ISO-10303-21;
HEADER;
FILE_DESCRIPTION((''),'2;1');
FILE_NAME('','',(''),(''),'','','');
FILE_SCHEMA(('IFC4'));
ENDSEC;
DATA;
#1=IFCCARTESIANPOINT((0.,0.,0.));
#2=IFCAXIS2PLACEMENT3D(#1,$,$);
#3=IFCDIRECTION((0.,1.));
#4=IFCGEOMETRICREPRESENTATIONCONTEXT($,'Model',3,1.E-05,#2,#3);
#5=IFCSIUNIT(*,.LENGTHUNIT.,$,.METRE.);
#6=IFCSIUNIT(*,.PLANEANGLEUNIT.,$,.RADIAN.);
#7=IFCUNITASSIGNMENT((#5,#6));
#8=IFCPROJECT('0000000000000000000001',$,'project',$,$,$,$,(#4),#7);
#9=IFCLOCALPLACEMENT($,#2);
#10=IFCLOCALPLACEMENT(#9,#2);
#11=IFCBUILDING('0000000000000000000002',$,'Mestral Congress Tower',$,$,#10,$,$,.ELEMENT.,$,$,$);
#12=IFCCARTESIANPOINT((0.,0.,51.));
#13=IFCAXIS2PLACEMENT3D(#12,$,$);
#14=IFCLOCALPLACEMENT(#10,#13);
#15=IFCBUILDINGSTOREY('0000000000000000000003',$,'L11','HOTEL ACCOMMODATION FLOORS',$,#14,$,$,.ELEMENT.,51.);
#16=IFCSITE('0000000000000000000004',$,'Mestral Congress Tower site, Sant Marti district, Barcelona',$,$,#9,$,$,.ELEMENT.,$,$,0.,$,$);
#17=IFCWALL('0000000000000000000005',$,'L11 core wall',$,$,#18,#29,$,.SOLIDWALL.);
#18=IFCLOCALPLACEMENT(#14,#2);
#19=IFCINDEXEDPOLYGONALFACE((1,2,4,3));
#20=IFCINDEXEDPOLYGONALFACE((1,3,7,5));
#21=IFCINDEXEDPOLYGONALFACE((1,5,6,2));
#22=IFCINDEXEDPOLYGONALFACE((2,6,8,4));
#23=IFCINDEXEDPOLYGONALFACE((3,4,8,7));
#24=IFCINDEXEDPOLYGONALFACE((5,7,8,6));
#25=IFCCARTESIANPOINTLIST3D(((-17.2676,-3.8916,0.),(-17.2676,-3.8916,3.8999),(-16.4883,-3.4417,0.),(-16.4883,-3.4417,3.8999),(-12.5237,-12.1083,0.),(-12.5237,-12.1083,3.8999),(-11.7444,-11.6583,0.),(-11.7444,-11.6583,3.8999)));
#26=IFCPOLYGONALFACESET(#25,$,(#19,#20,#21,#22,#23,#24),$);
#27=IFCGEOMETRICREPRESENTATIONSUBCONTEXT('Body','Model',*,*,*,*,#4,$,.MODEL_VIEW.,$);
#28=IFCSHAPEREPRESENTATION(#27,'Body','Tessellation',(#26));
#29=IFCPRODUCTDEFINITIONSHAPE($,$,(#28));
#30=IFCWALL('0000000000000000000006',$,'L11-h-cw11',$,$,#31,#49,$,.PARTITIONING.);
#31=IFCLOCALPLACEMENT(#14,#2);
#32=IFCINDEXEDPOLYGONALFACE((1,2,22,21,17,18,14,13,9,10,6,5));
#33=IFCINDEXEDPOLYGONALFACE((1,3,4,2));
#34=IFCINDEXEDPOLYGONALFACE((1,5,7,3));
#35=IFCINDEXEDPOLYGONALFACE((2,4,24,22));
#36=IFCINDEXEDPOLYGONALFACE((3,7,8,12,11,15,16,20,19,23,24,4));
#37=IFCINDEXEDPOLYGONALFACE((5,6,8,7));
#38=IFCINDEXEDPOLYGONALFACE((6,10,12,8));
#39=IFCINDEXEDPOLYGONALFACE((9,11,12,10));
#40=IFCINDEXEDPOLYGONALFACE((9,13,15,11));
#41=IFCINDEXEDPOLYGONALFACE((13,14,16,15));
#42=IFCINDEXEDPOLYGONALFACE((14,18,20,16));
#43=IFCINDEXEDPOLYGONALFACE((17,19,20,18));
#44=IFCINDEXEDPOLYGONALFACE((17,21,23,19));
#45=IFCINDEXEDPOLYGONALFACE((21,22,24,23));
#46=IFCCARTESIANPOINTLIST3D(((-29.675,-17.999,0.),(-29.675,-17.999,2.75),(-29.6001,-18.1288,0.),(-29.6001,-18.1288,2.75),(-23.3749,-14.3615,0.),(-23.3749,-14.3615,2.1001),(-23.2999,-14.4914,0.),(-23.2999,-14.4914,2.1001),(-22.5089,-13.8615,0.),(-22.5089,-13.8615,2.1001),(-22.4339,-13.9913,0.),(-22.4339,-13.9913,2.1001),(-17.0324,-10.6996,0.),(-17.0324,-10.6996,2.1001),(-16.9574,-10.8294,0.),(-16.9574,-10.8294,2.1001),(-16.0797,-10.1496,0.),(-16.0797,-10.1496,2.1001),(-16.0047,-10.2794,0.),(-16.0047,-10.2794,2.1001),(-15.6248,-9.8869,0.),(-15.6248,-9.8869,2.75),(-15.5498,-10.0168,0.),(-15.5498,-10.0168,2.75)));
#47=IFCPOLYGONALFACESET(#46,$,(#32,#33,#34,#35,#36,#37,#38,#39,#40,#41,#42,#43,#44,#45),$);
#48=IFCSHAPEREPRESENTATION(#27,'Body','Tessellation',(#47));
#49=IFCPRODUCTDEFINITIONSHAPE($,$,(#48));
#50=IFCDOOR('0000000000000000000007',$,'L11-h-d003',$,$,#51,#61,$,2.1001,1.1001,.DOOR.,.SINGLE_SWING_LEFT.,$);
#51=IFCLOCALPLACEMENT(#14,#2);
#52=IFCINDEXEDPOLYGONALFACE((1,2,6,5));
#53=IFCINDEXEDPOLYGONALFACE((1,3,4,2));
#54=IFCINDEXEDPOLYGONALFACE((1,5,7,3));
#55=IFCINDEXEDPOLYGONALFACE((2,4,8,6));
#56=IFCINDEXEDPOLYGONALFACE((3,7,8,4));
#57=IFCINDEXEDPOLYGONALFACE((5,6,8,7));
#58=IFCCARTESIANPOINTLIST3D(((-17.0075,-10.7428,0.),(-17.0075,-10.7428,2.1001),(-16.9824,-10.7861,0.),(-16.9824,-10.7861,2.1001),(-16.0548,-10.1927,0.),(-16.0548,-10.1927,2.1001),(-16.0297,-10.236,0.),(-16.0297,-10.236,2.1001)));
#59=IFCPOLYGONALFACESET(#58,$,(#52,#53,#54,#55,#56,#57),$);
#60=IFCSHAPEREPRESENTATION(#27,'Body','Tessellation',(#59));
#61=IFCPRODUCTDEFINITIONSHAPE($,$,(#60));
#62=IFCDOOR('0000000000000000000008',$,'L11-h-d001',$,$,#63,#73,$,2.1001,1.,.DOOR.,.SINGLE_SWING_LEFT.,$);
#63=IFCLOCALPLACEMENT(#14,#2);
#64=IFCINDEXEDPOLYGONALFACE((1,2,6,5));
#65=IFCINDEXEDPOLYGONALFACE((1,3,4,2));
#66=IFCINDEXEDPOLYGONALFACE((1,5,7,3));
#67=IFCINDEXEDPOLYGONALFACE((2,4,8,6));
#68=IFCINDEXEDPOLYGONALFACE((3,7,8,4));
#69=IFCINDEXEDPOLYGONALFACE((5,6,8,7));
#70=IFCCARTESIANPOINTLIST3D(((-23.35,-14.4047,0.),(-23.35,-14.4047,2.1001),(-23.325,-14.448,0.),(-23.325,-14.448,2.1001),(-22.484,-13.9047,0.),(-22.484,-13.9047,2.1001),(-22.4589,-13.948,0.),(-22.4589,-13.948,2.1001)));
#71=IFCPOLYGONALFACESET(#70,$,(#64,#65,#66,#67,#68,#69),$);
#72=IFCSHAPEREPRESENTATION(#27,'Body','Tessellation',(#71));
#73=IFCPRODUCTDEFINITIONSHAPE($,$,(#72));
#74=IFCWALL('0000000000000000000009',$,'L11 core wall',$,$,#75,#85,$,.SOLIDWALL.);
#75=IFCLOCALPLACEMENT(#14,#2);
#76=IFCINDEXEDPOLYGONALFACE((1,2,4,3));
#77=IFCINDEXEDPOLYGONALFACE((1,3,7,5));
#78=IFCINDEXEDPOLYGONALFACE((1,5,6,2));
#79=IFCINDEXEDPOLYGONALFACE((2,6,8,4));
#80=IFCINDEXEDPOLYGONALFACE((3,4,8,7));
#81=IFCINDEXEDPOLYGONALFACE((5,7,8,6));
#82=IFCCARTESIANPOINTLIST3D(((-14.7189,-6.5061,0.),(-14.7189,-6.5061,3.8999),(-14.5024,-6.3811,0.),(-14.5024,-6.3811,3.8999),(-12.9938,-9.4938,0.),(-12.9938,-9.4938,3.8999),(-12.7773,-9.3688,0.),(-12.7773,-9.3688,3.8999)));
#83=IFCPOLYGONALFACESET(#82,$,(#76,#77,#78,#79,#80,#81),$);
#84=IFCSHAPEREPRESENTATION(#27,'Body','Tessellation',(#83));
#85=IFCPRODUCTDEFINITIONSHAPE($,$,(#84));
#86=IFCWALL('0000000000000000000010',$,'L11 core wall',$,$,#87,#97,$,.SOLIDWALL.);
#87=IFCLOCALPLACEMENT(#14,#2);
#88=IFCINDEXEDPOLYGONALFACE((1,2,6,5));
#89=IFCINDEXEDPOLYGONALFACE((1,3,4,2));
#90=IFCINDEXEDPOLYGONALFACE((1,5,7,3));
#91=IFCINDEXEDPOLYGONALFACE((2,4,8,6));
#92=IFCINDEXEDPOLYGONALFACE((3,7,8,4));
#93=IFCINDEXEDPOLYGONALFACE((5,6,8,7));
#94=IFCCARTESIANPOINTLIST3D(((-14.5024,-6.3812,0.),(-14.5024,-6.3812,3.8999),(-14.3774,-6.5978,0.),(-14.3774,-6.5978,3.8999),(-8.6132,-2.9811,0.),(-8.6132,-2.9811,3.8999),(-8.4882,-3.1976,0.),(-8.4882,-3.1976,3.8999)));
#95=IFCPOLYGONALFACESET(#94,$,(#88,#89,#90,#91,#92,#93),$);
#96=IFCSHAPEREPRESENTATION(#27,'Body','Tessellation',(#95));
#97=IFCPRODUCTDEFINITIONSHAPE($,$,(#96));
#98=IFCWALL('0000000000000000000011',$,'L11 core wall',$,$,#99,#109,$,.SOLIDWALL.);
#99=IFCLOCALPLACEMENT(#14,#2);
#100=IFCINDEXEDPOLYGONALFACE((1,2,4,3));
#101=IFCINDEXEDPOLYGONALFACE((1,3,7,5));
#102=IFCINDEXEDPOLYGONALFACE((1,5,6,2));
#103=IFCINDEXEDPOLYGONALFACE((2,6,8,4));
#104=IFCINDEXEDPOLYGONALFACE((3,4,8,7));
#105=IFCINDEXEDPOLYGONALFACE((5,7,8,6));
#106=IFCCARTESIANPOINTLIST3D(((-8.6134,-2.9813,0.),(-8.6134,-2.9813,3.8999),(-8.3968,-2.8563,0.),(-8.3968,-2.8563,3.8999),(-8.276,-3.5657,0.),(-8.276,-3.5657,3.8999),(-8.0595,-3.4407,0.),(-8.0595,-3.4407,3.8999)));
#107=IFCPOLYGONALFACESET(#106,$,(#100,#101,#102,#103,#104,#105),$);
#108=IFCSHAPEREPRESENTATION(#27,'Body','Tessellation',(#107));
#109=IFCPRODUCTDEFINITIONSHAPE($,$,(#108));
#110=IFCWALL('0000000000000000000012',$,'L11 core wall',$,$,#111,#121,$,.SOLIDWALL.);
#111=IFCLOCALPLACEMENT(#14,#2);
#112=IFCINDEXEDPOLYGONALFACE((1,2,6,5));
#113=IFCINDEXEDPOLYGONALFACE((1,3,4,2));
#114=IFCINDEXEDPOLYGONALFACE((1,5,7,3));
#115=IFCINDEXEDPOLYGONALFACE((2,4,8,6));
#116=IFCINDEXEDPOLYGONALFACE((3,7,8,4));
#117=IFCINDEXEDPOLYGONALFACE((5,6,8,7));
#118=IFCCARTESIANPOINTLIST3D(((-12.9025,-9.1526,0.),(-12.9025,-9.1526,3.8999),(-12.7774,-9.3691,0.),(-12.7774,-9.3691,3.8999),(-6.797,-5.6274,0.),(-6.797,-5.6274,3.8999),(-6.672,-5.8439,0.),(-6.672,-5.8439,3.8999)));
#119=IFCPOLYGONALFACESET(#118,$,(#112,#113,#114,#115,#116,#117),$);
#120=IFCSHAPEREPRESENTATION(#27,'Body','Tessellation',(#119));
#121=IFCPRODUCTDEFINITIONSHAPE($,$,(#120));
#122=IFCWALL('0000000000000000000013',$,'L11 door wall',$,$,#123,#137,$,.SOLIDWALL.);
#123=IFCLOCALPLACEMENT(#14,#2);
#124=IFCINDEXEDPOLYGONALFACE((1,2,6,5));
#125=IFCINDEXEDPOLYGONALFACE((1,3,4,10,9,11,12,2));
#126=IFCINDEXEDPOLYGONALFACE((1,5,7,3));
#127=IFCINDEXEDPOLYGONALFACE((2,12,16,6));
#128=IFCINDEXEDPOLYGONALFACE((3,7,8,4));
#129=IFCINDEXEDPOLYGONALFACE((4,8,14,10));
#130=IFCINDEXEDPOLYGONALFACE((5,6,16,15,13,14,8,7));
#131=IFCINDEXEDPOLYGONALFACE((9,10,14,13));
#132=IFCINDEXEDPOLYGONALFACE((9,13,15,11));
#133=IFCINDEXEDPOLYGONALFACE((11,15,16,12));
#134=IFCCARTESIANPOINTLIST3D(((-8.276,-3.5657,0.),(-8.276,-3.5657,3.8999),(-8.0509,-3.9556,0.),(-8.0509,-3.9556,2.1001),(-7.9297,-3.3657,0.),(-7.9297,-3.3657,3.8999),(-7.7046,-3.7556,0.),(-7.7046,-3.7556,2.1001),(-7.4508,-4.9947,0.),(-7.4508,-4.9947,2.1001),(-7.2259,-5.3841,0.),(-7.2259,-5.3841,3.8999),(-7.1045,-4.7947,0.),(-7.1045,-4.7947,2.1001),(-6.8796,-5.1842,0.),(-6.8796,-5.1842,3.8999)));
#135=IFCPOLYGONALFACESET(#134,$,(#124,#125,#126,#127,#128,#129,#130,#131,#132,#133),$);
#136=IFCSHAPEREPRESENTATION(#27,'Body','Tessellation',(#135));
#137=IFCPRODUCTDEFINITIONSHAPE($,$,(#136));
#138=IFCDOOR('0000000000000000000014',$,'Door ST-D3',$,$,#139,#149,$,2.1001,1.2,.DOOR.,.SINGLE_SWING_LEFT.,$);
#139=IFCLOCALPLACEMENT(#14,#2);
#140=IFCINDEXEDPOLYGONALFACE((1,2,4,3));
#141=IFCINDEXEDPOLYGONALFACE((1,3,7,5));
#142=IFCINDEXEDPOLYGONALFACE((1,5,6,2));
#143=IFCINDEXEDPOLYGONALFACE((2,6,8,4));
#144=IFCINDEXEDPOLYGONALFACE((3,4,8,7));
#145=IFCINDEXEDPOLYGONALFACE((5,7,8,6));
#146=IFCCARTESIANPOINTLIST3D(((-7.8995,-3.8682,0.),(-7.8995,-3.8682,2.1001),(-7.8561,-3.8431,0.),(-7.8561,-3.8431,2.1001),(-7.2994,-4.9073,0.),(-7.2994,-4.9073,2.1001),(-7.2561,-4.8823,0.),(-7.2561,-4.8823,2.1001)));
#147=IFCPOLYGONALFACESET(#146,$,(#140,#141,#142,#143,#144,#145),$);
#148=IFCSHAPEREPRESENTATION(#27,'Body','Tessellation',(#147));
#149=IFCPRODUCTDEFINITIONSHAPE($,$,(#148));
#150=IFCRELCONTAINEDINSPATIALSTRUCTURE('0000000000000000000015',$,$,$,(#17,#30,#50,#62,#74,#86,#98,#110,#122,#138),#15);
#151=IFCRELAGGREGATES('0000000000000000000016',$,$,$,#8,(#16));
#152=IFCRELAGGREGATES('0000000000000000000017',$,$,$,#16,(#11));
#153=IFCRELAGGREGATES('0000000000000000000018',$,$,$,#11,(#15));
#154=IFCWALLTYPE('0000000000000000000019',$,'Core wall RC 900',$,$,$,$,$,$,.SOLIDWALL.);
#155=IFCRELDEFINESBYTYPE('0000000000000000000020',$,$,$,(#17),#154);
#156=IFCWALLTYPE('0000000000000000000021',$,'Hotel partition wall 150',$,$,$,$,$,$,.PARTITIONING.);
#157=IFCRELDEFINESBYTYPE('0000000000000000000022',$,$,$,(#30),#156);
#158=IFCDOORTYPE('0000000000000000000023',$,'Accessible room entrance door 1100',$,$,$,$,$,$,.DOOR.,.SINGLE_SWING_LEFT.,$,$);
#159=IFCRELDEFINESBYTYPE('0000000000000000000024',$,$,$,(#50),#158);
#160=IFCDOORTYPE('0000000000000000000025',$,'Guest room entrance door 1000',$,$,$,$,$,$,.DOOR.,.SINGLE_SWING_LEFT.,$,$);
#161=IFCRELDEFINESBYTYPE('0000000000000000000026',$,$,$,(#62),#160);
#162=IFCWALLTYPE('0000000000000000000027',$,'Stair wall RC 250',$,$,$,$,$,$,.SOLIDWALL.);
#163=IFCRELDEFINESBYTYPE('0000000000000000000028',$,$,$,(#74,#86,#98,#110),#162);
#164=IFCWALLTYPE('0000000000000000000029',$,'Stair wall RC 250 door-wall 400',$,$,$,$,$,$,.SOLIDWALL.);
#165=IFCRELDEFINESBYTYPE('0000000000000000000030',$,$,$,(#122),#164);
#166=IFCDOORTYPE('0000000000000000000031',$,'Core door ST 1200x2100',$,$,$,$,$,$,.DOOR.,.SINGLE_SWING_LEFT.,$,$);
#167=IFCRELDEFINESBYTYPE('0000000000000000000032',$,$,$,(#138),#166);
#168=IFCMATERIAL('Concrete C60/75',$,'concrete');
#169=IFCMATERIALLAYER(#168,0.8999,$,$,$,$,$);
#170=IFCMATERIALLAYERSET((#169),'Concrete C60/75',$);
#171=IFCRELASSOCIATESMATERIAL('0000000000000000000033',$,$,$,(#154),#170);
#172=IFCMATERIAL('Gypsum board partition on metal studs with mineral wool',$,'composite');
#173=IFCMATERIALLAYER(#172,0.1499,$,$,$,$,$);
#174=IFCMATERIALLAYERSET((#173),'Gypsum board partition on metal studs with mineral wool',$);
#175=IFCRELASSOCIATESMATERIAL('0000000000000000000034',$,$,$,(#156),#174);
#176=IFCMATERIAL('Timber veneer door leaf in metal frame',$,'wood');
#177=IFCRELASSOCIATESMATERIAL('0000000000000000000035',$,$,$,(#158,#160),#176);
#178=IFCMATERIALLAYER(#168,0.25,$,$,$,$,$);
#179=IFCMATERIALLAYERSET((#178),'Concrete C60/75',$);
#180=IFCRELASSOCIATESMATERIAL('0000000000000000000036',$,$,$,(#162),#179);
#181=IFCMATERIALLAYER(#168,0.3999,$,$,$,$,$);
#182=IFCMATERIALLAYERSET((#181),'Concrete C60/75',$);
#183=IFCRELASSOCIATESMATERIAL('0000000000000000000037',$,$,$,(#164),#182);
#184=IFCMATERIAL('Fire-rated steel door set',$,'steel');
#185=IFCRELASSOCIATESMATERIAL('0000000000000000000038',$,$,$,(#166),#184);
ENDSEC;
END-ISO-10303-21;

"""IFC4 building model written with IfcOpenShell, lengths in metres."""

from ifc_helpers import new_model, si_unit, direction, frame, frame_2d, origin, place, context, subcontext, project, spatial, rectangle, extrude, material, layer, layer_set, type_object, element, fill, save


model = new_model("IFC4")

# Units and contexts
model_context = context("Model", 3, precision=1e-05, world=origin(), true_north=direction((0.0, 1.0)))
body_context = subcontext(model_context, "Body", "Model", "MODEL_VIEW")
ifc_project = project(units=[si_unit("LENGTHUNIT", "METRE"), si_unit("PLANEANGLEUNIT", "RADIAN")], contexts=[model_context])

# Site, building, storey
site_placement = place(None, origin())
site = spatial("IfcSite", under=ifc_project, at=site_placement, Name="Mestral Congress Tower site, Sant Marti district, Barcelona", CompositionType="ELEMENT", RefElevation=0.0)
building_placement = place(site_placement, origin())
building = spatial("IfcBuilding", under=site, at=building_placement, Name="Mestral Congress Tower", CompositionType="ELEMENT")
storey_placement = place(building_placement, frame((0.0, 0.0, 51.0)))
storey = spatial("IfcBuildingStorey", under=building, at=storey_placement, Name="L11", Description="HOTEL ACCOMMODATION FLOORS", CompositionType="ELEMENT", Elevation=51.0)

# Wall
ifc_material_1 = material(Name="Concrete C60/75", Category="concrete")
ifc_layer_1 = layer(ifc_material_1, 0.8999)
ifc_layer_set_1 = layer_set([ifc_layer_1], Name="Concrete C60/75")
wall_type_1 = type_object("IfcWallType", Name="Core wall RC 900", PredefinedType="SOLIDWALL", material=ifc_layer_set_1)
wall_1_placement = place(storey_placement, frame((-12.134, -11.8833, 0.0), z_axis=(0.0, 0.0, 1.0), x_axis=(-0.500005, 0.866022, 0.0)))
element("IfcWall", 1, at=wall_1_placement, inside=storey, type_object=wall_type_1, Name="L11 core wall", PredefinedType="SOLIDWALL", context=body_context, shape_type="SweptSolid", body=[
    extrude(rectangle(XDim=9.4878, YDim=0.8999, at=frame_2d((4.7439, 0.0))), origin(), (0.0, 0.0, 1.0), 3.8999),
])

# Wall, openings, doors
ifc_material_2 = material(Name="Gypsum board partition on metal studs with mineral wool", Category="composite")
ifc_layer_2 = layer(ifc_material_2, 0.1499)
ifc_layer_set_2 = layer_set([ifc_layer_2], Name="Gypsum board partition on metal studs with mineral wool")
wall_type_2 = type_object("IfcWallType", Name="Hotel partition wall 150", PredefinedType="PARTITIONING", material=ifc_layer_set_2)
wall_2_placement = place(storey_placement, frame((-15.5874, -9.9519, 0.0), z_axis=(0.0, 0.0, 1.0), x_axis=(-0.866022, -0.500006, 0.0)))
wall_2 = element("IfcWall", 2, at=wall_2_placement, inside=storey, type_object=wall_type_2, Name="L11-h-cw11", PredefinedType="PARTITIONING", context=body_context, shape_type="SweptSolid", body=[
    extrude(rectangle(XDim=16.2239, YDim=0.1499, at=frame_2d((8.1118, 0.0))), origin(), (0.0, 0.0, 1.0), 2.75),
])
opening_1_placement = place(wall_2_placement, frame((7.949, 0.0, 0.0)))
opening_1 = element("IfcOpeningElement", 3, at=opening_1_placement, cuts=wall_2, PredefinedType="OPENING", context=body_context, shape_type="SweptSolid", body=[
    extrude(rectangle(XDim=1.0, YDim=2.1001, at=frame_2d((0.5, 1.05))), frame((0.0, 0.085, 0.0), z_axis=(0.0, -1.0, 0.0), x_axis=(1.0, 0.0, 0.0)), (0.0, 0.0, 1.0), 0.1699),
])
opening_2_placement = place(wall_2_placement, frame((0.5251, 0.0, 0.0)))
opening_2 = element("IfcOpeningElement", 4, at=opening_2_placement, cuts=wall_2, PredefinedType="OPENING", context=body_context, shape_type="SweptSolid", body=[
    extrude(rectangle(XDim=1.1001, YDim=2.1001, at=frame_2d((0.55, 1.05))), frame((0.0, 0.085, 0.0), z_axis=(0.0, -1.0, 0.0), x_axis=(1.0, 0.0, 0.0)), (0.0, 0.0, 1.0), 0.1699),
])
ifc_material_3 = material(Name="Timber veneer door leaf in metal frame", Category="wood")
door_type_1 = type_object("IfcDoorType", Name="Accessible room entrance door 1100", OperationType="SINGLE_SWING_LEFT", PredefinedType="DOOR", material=ifc_material_3)
door_1_placement = place(opening_2_placement, origin())
door_1 = element("IfcDoor", 5, at=door_1_placement, inside=storey, type_object=door_type_1, Name="L11-h-d003", OperationType="SINGLE_SWING_LEFT", OverallHeight=2.1001, OverallWidth=1.1001, PredefinedType="DOOR", context=body_context, shape_type="SweptSolid", body=[
    extrude(rectangle(XDim=1.1001, YDim=2.1001, at=frame_2d((0.55, 1.05))), frame((0.0, 0.0249, 0.0), z_axis=(0.0, -1.0, 0.0), x_axis=(1.0, 0.0, 0.0)), (0.0, 0.0, 1.0), 0.05),
])
fill(opening_2, door_1)
door_type_2 = type_object("IfcDoorType", Name="Guest room entrance door 1000", OperationType="SINGLE_SWING_LEFT", PredefinedType="DOOR", material=ifc_material_3)
door_2_placement = place(opening_1_placement, origin())
door_2 = element("IfcDoor", 6, at=door_2_placement, inside=storey, type_object=door_type_2, Name="L11-h-d001", OperationType="SINGLE_SWING_LEFT", OverallHeight=2.1001, OverallWidth=1.0, PredefinedType="DOOR", context=body_context, shape_type="SweptSolid", body=[
    extrude(rectangle(XDim=1.0, YDim=2.1001, at=frame_2d((0.5, 1.05))), frame((0.0, 0.0249, 0.0), z_axis=(0.0, -1.0, 0.0), x_axis=(1.0, 0.0, 0.0)), (0.0, 0.0, 1.0), 0.05),
])
fill(opening_1, door_2)

# Walls
ifc_layer_3 = layer(ifc_material_1, 0.25)
ifc_layer_set_3 = layer_set([ifc_layer_3], Name="Concrete C60/75")
wall_type_3 = type_object("IfcWallType", Name="Stair wall RC 250", PredefinedType="SOLIDWALL", material=ifc_layer_set_3)
wall_3_placement = place(storey_placement, frame((-12.8855, -9.4314, 0.0), z_axis=(0.0, 0.0, 1.0), x_axis=(-0.500021, 0.866014, 0.0)))
element("IfcWall", 7, at=wall_3_placement, inside=storey, type_object=wall_type_3, Name="L11 core wall", PredefinedType="SOLIDWALL", context=body_context, shape_type="SweptSolid", body=[
    extrude(rectangle(XDim=3.45, YDim=0.25, at=frame_2d((1.7251, 0.0))), origin(), (0.0, 0.0, 1.0), 3.8999),
])
wall_4_placement = place(storey_placement, frame((-14.4399, -6.4895, 0.0), z_axis=(0.0, 0.0, 1.0), x_axis=(0.866023, 0.500004, 0.0)))
element("IfcWall", 8, at=wall_4_placement, inside=storey, type_object=wall_type_3, Name="L11 core wall", PredefinedType="SOLIDWALL", context=body_context, shape_type="SweptSolid", body=[
    extrude(rectangle(XDim=6.8003, YDim=0.25, at=frame_2d((3.4001, 0.0))), origin(), (0.0, 0.0, 1.0), 3.8999),
])
wall_5_placement = place(storey_placement, frame((-8.1677, -3.5032, 0.0), z_axis=(0.0, 0.0, 1.0), x_axis=(-0.499952, 0.866053, 0.0)))
element("IfcWall", 9, at=wall_5_placement, inside=storey, type_object=wall_type_3, Name="L11 core wall", PredefinedType="SOLIDWALL", context=body_context, shape_type="SweptSolid", body=[
    extrude(rectangle(XDim=0.6748, YDim=0.25, at=frame_2d((0.3374, 0.0))), origin(), (0.0, 0.0, 1.0), 3.8999),
])
wall_6_placement = place(storey_placement, frame((-12.8398, -9.2607, 0.0), z_axis=(0.0, 0.0, 1.0), x_axis=(0.866016, 0.500016, 0.0)))
element("IfcWall", 10, at=wall_6_placement, inside=storey, type_object=wall_type_3, Name="L11 core wall", PredefinedType="SOLIDWALL", context=body_context, shape_type="SweptSolid", body=[
    extrude(rectangle(XDim=7.05, YDim=0.25, at=frame_2d((3.5249, 0.0))), origin(), (0.0, 0.0, 1.0), 3.8999),
])

# Wall, opening, door
ifc_layer_4 = layer(ifc_material_1, 0.3999)
ifc_layer_set_4 = layer_set([ifc_layer_4], Name="Concrete C60/75")
wall_type_4 = type_object("IfcWallType", Name="Stair wall RC 250 door-wall 400", PredefinedType="SOLIDWALL", material=ifc_layer_set_4)
wall_7_placement = place(storey_placement, frame((-8.1028, -3.4658, 0.0), z_axis=(0.0, 0.0, 1.0), x_axis=(0.500078, -0.86598, 0.0)))
wall_7 = element("IfcWall", 11, at=wall_7_placement, inside=storey, type_object=wall_type_4, Name="L11 door wall", PredefinedType="SOLIDWALL", context=body_context, shape_type="SweptSolid", body=[
    extrude(rectangle(XDim=2.0999, YDim=0.3999, at=frame_2d((1.0498, 0.0))), origin(), (0.0, 0.0, 1.0), 3.8999),
])
opening_3_placement = place(wall_7_placement, frame((0.45, 0.0, 0.0)))
opening_3 = element("IfcOpeningElement", 12, at=opening_3_placement, cuts=wall_7, PredefinedType="OPENING", context=body_context, shape_type="SweptSolid", body=[
    extrude(rectangle(XDim=1.2, YDim=2.1001, at=frame_2d((0.6001, 1.05))), frame((0.0, 0.21, 0.0), z_axis=(0.0, -1.0, 0.0), x_axis=(1.0, 0.0, 0.0)), (0.0, 0.0, 1.0), 0.4199),
])
ifc_material_4 = material(Name="Fire-rated steel door set", Category="steel")
door_type_3 = type_object("IfcDoorType", Name="Core door ST 1200x2100", OperationType="SINGLE_SWING_LEFT", PredefinedType="DOOR", material=ifc_material_4)
door_3_placement = place(opening_3_placement, origin())
door_3 = element("IfcDoor", 13, at=door_3_placement, inside=storey, type_object=door_type_3, Name="Door ST-D3", OperationType="SINGLE_SWING_LEFT", OverallHeight=2.1001, OverallWidth=1.2, PredefinedType="DOOR", context=body_context, shape_type="SweptSolid", body=[
    extrude(rectangle(XDim=1.2, YDim=2.1001, at=frame_2d((0.6001, 1.05))), frame((0.0, 0.0249, 0.0), z_axis=(0.0, -1.0, 0.0), x_axis=(1.0, 0.0, 0.0)), (0.0, 0.0, 1.0), 0.05),
])
fill(opening_3, door_3)

save(model, "model.ifc")
